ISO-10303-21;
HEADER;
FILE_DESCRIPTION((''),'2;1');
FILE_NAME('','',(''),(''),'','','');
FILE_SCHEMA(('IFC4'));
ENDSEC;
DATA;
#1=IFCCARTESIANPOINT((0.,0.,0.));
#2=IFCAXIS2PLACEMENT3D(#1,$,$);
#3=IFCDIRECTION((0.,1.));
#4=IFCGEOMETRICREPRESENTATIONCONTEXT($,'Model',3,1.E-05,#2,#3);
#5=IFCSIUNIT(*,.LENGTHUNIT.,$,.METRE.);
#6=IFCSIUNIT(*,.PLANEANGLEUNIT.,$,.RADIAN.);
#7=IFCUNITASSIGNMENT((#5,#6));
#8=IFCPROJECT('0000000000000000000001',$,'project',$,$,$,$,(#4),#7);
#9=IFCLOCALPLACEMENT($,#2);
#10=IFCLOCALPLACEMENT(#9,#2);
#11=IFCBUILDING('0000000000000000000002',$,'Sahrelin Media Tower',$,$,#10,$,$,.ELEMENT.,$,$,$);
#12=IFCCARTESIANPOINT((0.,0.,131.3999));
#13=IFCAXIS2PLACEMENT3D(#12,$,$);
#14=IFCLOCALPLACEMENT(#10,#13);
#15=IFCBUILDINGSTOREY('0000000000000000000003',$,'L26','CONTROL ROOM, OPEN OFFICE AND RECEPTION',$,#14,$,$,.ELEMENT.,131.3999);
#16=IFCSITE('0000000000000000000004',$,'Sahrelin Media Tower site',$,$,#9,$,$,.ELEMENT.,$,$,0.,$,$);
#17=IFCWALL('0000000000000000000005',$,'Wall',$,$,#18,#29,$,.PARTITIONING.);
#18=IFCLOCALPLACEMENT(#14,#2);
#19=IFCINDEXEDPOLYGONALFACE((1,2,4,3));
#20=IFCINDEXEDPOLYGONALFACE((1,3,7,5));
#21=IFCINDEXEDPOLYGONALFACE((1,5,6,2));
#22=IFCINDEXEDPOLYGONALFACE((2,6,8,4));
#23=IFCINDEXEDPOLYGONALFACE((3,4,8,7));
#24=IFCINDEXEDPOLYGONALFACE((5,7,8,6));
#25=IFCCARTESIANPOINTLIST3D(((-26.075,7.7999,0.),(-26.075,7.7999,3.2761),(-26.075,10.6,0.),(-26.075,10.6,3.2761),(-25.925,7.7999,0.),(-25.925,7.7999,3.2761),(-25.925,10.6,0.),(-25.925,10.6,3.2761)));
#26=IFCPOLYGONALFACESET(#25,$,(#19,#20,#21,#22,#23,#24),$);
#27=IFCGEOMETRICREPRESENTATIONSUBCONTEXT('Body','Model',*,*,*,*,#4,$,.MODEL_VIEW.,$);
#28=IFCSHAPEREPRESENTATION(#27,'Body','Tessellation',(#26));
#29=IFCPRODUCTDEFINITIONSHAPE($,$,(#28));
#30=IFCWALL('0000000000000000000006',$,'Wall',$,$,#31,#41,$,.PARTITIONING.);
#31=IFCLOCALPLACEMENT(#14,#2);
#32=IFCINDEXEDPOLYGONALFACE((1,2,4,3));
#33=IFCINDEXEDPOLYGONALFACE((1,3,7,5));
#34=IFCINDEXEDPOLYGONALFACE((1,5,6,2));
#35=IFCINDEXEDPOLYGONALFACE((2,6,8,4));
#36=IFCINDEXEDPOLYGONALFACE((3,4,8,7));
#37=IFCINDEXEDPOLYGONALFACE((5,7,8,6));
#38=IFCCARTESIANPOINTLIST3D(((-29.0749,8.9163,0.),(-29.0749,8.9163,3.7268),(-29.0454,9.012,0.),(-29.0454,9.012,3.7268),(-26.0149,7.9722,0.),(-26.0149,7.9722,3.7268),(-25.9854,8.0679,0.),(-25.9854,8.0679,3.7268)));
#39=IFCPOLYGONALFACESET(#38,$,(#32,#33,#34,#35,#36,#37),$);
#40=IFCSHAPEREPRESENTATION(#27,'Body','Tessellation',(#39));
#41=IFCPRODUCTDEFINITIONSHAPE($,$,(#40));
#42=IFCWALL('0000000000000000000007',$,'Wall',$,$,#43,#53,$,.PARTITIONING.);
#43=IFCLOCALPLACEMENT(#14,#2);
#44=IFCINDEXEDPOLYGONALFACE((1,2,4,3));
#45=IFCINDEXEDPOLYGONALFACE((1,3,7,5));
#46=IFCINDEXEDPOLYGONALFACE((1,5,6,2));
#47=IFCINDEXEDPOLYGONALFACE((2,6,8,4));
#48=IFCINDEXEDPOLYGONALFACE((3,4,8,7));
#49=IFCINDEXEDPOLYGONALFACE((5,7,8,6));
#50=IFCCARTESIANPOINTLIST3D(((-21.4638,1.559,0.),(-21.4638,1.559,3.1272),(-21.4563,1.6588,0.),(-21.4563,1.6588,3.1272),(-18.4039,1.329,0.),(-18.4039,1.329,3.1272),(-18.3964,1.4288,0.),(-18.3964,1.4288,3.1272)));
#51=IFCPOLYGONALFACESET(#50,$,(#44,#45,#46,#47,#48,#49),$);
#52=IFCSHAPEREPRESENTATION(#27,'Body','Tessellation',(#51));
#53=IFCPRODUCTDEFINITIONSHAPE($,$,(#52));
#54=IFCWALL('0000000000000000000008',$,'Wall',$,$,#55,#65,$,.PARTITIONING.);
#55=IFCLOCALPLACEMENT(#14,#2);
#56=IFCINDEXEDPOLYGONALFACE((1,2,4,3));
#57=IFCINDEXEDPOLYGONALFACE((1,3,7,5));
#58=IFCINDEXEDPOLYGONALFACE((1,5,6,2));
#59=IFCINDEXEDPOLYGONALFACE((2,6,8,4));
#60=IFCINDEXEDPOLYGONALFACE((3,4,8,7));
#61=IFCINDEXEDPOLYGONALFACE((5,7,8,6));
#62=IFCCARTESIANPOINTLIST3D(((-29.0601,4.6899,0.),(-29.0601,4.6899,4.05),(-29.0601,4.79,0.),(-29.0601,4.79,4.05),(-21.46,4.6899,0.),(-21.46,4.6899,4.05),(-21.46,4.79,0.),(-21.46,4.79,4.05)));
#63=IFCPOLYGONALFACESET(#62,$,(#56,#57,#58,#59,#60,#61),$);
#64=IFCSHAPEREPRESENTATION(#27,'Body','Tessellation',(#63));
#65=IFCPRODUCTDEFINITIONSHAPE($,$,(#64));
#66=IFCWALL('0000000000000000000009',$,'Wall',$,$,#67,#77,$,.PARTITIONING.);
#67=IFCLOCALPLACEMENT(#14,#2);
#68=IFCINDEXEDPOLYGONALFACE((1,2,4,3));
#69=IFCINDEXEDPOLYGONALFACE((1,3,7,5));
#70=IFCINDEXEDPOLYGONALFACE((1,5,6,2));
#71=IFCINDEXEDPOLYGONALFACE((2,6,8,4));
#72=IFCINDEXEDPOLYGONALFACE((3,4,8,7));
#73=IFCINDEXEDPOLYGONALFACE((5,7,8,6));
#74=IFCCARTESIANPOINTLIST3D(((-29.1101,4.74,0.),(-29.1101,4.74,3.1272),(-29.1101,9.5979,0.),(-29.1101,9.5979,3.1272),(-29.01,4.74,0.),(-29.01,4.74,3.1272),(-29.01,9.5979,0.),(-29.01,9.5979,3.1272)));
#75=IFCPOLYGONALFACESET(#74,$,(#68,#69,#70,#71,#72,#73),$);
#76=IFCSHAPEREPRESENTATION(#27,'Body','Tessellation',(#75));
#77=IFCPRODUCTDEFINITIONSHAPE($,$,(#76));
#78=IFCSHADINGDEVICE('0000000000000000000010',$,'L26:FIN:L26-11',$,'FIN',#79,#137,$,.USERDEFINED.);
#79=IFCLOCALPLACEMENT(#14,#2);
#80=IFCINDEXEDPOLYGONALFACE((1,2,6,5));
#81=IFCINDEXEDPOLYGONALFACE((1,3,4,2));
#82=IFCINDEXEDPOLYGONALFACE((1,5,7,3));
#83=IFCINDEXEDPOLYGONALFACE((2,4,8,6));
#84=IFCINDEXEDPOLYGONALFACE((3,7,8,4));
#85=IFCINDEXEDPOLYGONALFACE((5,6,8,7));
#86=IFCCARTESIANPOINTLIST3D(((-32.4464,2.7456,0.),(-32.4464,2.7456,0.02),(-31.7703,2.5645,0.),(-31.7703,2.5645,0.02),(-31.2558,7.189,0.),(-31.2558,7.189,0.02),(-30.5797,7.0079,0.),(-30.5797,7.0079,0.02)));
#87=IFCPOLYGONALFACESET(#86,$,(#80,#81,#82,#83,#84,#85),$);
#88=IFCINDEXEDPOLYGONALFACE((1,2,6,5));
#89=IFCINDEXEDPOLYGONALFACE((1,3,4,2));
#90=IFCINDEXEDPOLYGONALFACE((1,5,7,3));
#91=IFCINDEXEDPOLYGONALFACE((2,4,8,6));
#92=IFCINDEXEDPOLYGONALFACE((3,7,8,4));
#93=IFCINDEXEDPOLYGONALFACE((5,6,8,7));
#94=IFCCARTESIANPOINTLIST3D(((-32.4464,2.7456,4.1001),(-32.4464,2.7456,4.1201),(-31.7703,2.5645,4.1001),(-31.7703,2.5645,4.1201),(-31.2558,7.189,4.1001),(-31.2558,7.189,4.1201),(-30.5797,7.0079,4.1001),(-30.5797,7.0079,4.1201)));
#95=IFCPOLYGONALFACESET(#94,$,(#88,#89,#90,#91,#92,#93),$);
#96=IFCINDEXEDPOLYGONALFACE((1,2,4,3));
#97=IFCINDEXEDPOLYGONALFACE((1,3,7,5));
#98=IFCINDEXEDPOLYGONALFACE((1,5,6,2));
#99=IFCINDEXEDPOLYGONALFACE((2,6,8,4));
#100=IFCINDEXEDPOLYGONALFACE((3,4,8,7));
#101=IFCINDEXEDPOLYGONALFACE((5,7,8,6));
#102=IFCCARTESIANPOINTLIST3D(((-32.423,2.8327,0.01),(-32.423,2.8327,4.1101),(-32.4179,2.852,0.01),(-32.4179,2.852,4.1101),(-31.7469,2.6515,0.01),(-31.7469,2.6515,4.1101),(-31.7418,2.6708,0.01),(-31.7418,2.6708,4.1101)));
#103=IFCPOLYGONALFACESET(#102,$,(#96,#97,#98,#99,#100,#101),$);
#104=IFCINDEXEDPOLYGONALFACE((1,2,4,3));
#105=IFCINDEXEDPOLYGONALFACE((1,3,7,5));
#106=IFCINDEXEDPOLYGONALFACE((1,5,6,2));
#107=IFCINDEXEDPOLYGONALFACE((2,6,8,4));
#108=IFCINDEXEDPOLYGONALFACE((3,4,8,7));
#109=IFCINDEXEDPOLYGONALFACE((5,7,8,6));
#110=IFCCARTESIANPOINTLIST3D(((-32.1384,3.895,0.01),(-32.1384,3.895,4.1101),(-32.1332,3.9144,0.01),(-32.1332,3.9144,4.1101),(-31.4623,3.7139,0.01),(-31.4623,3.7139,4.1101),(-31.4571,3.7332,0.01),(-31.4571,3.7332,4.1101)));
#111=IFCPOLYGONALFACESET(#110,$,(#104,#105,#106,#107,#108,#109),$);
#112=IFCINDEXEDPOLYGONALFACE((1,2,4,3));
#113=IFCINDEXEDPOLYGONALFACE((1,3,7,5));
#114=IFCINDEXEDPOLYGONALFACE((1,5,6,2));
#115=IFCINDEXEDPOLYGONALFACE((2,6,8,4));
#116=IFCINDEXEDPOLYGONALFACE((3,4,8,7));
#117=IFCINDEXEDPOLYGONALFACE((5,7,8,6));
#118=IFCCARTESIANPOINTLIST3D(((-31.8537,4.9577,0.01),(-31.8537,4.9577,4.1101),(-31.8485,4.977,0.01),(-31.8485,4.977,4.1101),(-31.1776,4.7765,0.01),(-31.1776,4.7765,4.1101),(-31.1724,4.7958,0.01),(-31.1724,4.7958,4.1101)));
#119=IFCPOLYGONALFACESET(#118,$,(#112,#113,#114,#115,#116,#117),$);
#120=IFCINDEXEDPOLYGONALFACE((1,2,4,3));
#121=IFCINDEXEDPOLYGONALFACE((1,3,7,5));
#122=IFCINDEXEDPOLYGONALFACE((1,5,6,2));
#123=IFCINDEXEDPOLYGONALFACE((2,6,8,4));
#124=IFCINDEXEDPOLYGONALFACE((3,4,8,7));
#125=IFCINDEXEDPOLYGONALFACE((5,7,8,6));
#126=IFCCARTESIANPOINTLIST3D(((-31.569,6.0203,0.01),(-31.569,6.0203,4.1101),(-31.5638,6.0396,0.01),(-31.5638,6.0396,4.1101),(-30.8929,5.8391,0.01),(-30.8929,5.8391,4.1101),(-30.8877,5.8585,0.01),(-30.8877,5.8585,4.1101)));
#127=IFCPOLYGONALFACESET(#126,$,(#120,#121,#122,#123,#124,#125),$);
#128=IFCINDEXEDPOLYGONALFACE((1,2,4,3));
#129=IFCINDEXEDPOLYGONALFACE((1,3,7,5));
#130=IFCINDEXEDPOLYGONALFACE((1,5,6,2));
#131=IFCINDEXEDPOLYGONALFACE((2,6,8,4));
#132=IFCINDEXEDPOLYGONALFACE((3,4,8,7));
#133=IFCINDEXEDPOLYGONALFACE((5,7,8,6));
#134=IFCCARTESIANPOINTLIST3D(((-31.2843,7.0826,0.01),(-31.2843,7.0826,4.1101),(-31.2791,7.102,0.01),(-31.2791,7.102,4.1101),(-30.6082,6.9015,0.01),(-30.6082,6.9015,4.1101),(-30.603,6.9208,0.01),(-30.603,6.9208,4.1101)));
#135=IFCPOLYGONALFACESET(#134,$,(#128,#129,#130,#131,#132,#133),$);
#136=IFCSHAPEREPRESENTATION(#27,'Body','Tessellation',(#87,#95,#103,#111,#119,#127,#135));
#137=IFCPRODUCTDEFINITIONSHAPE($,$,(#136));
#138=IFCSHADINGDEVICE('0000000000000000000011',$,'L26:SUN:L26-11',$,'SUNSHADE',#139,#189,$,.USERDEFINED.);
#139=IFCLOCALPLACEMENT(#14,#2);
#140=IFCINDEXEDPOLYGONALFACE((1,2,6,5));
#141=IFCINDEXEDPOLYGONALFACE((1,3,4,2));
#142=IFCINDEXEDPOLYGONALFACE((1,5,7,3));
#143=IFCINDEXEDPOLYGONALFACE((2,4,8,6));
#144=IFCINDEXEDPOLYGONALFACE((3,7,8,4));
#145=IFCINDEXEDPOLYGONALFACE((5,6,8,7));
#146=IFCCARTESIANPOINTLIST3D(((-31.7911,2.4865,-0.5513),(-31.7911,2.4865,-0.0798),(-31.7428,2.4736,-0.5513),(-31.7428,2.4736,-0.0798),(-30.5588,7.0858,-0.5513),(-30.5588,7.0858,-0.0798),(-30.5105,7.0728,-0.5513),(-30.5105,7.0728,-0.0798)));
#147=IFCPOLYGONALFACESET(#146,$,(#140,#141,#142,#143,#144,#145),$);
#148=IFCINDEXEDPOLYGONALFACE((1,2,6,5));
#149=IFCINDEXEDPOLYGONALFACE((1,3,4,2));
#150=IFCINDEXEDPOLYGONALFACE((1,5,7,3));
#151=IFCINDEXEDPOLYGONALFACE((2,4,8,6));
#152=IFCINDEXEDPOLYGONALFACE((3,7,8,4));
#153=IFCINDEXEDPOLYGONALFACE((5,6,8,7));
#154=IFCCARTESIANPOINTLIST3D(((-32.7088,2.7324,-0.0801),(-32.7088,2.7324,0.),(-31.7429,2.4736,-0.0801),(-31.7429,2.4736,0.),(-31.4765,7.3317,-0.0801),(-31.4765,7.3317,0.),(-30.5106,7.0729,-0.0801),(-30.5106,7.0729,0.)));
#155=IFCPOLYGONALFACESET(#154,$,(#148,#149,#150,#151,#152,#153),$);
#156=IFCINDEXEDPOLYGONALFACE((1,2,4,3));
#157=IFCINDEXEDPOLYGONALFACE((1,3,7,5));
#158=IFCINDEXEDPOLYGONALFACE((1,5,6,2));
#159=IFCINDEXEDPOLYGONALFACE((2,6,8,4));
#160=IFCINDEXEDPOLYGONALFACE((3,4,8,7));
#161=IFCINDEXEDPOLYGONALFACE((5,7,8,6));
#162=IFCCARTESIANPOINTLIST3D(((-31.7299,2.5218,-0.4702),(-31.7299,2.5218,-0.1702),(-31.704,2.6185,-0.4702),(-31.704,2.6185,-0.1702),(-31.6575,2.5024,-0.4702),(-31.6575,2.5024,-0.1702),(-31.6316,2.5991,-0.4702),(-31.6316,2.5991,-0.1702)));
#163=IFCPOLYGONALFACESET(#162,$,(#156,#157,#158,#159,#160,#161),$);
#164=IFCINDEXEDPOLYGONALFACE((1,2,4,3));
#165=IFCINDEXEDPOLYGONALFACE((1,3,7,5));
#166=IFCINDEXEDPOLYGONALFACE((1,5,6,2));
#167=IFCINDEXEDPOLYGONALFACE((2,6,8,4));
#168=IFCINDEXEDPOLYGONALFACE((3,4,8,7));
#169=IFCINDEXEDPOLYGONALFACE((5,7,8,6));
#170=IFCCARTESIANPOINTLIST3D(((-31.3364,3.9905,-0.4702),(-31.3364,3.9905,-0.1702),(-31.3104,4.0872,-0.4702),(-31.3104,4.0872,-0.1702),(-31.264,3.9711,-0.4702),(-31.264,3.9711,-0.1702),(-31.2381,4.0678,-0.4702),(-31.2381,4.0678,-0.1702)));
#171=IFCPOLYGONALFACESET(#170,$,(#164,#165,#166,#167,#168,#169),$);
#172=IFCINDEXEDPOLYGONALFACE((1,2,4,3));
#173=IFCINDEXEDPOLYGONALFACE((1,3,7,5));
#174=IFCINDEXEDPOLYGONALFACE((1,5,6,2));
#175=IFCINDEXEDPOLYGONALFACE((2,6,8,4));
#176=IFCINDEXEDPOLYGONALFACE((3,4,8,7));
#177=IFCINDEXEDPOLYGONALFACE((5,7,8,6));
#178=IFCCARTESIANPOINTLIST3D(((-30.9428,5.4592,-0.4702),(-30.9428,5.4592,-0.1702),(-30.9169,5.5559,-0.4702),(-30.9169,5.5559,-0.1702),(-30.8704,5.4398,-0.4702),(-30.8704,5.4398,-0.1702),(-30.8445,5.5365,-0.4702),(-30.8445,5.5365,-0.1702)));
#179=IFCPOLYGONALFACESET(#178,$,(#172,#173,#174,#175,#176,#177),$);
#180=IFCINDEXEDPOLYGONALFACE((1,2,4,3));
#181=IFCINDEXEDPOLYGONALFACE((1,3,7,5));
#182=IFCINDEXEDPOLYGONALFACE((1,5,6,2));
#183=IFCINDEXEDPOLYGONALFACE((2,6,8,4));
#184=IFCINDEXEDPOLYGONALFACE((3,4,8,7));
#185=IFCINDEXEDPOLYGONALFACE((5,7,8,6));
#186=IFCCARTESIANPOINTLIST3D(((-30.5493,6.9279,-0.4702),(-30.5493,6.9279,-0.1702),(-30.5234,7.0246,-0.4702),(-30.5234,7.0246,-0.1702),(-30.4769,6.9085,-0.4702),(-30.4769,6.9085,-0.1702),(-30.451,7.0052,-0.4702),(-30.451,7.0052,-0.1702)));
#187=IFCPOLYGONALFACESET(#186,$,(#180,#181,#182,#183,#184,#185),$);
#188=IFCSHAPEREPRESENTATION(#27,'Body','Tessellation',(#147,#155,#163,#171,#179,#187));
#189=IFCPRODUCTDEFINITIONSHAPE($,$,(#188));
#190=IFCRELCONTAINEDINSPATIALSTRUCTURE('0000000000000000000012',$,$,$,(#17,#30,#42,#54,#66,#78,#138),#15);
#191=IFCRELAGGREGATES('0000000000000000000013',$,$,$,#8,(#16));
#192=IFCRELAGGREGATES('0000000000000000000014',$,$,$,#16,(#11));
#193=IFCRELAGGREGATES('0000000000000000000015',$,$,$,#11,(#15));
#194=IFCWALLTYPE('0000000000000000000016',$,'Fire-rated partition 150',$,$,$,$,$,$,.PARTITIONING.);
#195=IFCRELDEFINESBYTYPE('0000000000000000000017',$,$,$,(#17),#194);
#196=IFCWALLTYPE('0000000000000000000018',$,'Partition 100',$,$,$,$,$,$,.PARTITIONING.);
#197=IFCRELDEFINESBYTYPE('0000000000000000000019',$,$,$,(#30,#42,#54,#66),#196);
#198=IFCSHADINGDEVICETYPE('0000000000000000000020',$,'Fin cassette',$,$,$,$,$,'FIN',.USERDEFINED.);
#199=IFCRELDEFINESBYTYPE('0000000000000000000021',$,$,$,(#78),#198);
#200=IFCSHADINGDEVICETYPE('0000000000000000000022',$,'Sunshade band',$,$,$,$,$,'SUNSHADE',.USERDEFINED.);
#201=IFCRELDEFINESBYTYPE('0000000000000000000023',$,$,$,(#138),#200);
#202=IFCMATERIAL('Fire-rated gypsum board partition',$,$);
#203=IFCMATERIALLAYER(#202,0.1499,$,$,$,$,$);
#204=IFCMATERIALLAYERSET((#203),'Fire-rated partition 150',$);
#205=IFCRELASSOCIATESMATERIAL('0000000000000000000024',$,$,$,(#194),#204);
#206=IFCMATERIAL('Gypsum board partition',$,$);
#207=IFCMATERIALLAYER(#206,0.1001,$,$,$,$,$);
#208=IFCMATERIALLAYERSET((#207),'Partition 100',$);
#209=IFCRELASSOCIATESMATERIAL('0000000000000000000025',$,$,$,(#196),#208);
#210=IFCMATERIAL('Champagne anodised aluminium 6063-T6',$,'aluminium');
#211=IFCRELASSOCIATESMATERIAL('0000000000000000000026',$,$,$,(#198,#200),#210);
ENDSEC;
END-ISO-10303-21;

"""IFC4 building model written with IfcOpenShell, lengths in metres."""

from ifc_helpers import new_model, si_unit, direction, frame, frame_2d, origin, origin_2d, place, context, subcontext, project, spatial, rectangle, extrude, material, layer, layer_set, type_object, element, save


model = new_model("IFC4")

# Units and contexts
model_context = context("Model", 3, precision=1e-05, world=origin(), true_north=direction((0.0, 1.0)))
body_context = subcontext(model_context, "Body", "Model", "MODEL_VIEW")
ifc_project = project(units=[si_unit("LENGTHUNIT", "METRE"), si_unit("PLANEANGLEUNIT", "RADIAN")], contexts=[model_context])

# Site, building, storey
site_placement = place(None, origin())
site = spatial("IfcSite", under=ifc_project, at=site_placement, Name="Sahrelin Media Tower site", CompositionType="ELEMENT", RefElevation=0.0)
building_placement = place(site_placement, origin())
building = spatial("IfcBuilding", under=site, at=building_placement, Name="Sahrelin Media Tower", CompositionType="ELEMENT")
storey_placement = place(building_placement, frame((0.0, 0.0, 131.3999)))
storey = spatial("IfcBuildingStorey", under=building, at=storey_placement, Name="L26", Description="CONTROL ROOM, OPEN OFFICE AND RECEPTION", CompositionType="ELEMENT", Elevation=131.3999)

# Shared definitions
ifc_material_1 = material(Name="Champagne anodised aluminium 6063-T6", Category="aluminium")

# Shared definitions
ifc_material_2 = material(Name="Fire-rated gypsum board partition")
ifc_layer_1 = layer(ifc_material_2, 0.1499)
ifc_layer_set_1 = layer_set([ifc_layer_1], Name="Fire-rated partition 150")
wall_type_1 = type_object("IfcWallType", Name="Fire-rated partition 150", PredefinedType="PARTITIONING", material=ifc_layer_set_1)

# Walls
wall_1_placement = place(storey_placement, frame((-26.0, 7.8, 0.0), z_axis=(0.0, 0.0, 1.0), x_axis=(0.0, 1.0, 0.0)))
element("IfcWall", 1, at=wall_1_placement, inside=storey, type_object=wall_type_1, Name="Wall", PredefinedType="PARTITIONING", context=body_context, shape_type="SweptSolid", body=[
    extrude(rectangle(XDim=2.8, YDim=0.1499, at=frame_2d((1.3999, 0.0))), origin(), (0.0, 0.0, 1.0), 3.2761),
])
ifc_material_3 = material(Name="Gypsum board partition")
ifc_layer_2 = layer(ifc_material_3, 0.1001)
ifc_layer_set_2 = layer_set([ifc_layer_2], Name="Partition 100")
wall_type_2 = type_object("IfcWallType", Name="Partition 100", PredefinedType="PARTITIONING", material=ifc_layer_set_2)
wall_2_placement = place(storey_placement, frame((-29.0601, 8.9641, 0.0), z_axis=(0.0, 0.0, 1.0), x_axis=(0.955556, -0.294809, 0.0)))
element("IfcWall", 2, at=wall_2_placement, inside=storey, type_object=wall_type_2, Name="Wall", PredefinedType="PARTITIONING", context=body_context, shape_type="SweptSolid", body=[
    extrude(rectangle(XDim=3.2024, YDim=0.1001, at=frame_2d((1.6011, 0.0))), origin(), (0.0, 0.0, 1.0), 3.7268),
])
wall_3_placement = place(storey_placement, frame((-21.46, 1.6089, 0.0), z_axis=(0.0, 0.0, 1.0), x_axis=(0.997188, -0.074944, 0.0)))
element("IfcWall", 3, at=wall_3_placement, inside=storey, type_object=wall_type_2, Name="Wall", PredefinedType="PARTITIONING", context=body_context, shape_type="SweptSolid", body=[
    extrude(rectangle(XDim=3.0686, YDim=0.1001, at=frame_2d((1.5342, 0.0))), origin(), (0.0, 0.0, 1.0), 3.1272),
])
wall_4_placement = place(storey_placement, frame((-29.0601, 4.74, 0.0), z_axis=(0.0, 0.0, 1.0), x_axis=(1.0, 0.0, 0.0)))
element("IfcWall", 4, at=wall_4_placement, inside=storey, type_object=wall_type_2, Name="Wall", PredefinedType="PARTITIONING", context=body_context, shape_type="SweptSolid", body=[
    extrude(rectangle(XDim=7.6001, YDim=0.1001, at=frame_2d((3.8, 0.0))), origin(), (0.0, 0.0, 1.0), 4.05),
])
wall_5_placement = place(storey_placement, frame((-29.0601, 4.74, 0.0), z_axis=(0.0, 0.0, 1.0), x_axis=(0.0, 1.0, 0.0)))
element("IfcWall", 5, at=wall_5_placement, inside=storey, type_object=wall_type_2, Name="Wall", PredefinedType="PARTITIONING", context=body_context, shape_type="SweptSolid", body=[
    extrude(rectangle(XDim=4.8579, YDim=0.1001, at=frame_2d((2.429, 0.0))), origin(), (0.0, 0.0, 1.0), 3.1272),
])

# Shading devices
shading_device_type_1 = type_object("IfcShadingDeviceType", Name="Fin cassette", ElementType="FIN", PredefinedType="USERDEFINED", material=ifc_material_1)
placement = place(storey_placement, frame((-31.1074, 4.7681, 0.0), z_axis=(0.0, 0.0, 1.0), x_axis=(0.258808, 0.965929, 0.0)))
element("IfcShadingDevice", 6, at=placement, inside=storey, type_object=shading_device_type_1, Name="L26:FIN:L26-11", ObjectType="FIN", PredefinedType="USERDEFINED", context=body_context, shape_type="SweptSolid", body=[
    extrude(rectangle(XDim=4.6001, YDim=0.7, at=origin_2d()), frame((0.0, 0.4199, 0.0)), (0.0, 0.0, 1.0), 0.02),
    extrude(rectangle(XDim=4.6001, YDim=0.7, at=origin_2d()), frame((0.0, 0.4199, 4.1001)), (0.0, 0.0, 1.0), 0.02),
    extrude(rectangle(XDim=0.02, YDim=0.7, at=origin_2d()), frame((-2.2, 0.4199, 0.01), z_axis=(0.0, 0.0, 1.0), x_axis=(1.0, 0.0, 0.0)), (0.0, 0.0, 1.0), 4.1001),
    extrude(rectangle(XDim=0.02, YDim=0.7, at=origin_2d()), frame((-1.1001, 0.4199, 0.01), z_axis=(0.0, 0.0, 1.0), x_axis=(1.0, 0.0, 0.0)), (0.0, 0.0, 1.0), 4.1001),
    extrude(rectangle(XDim=0.02, YDim=0.7, at=origin_2d()), frame((0.0, 0.4199, 0.01), z_axis=(0.0, 0.0, 1.0), x_axis=(1.0, 0.0, 0.0)), (0.0, 0.0, 1.0), 4.1001),
    extrude(rectangle(XDim=0.02, YDim=0.7, at=origin_2d()), frame((1.1001, 0.4199, 0.01), z_axis=(0.0, 0.0, 1.0), x_axis=(1.0, 0.0, 0.0)), (0.0, 0.0, 1.0), 4.1001),
    extrude(rectangle(XDim=0.02, YDim=0.7, at=origin_2d()), frame((2.2, 0.4199, 0.01), z_axis=(0.0, 0.0, 1.0), x_axis=(1.0, 0.0, 0.0)), (0.0, 0.0, 1.0), 4.1001),
])
shading_device_type_2 = type_object("IfcShadingDeviceType", Name="Sunshade band", ElementType="SUNSHADE", PredefinedType="USERDEFINED", material=ifc_material_1)
element("IfcShadingDevice", 7, at=placement, inside=storey, type_object=shading_device_type_2, Name="L26:SUN:L26-11", ObjectType="SUNSHADE", PredefinedType="USERDEFINED", context=body_context, shape_type="SweptSolid", body=[
    extrude(rectangle(XDim=4.7615, YDim=0.05, at=origin_2d()), frame((0.0, 0.0449, -0.5513)), (0.0, 0.0, 1.0), 0.4714),
    extrude(rectangle(XDim=4.7615, YDim=1.0, at=origin_2d()), frame((0.0, 0.52, -0.0801)), (0.0, 0.0, 1.0), 0.0801),
    extrude(rectangle(XDim=0.1001, YDim=0.075, at=origin_2d()), frame((-2.2808, -0.0176, -0.4702)), (0.0, 0.0, 1.0), 0.3),
    extrude(rectangle(XDim=0.1001, YDim=0.075, at=origin_2d()), frame((-0.7603, -0.0176, -0.4702)), (0.0, 0.0, 1.0), 0.3),
    extrude(rectangle(XDim=0.1001, YDim=0.075, at=origin_2d()), frame((0.7603, -0.0176, -0.4702)), (0.0, 0.0, 1.0), 0.3),
    extrude(rectangle(XDim=0.1001, YDim=0.075, at=origin_2d()), frame((2.2808, -0.0176, -0.4702)), (0.0, 0.0, 1.0), 0.3),
])

save(model, "model.ifc")
